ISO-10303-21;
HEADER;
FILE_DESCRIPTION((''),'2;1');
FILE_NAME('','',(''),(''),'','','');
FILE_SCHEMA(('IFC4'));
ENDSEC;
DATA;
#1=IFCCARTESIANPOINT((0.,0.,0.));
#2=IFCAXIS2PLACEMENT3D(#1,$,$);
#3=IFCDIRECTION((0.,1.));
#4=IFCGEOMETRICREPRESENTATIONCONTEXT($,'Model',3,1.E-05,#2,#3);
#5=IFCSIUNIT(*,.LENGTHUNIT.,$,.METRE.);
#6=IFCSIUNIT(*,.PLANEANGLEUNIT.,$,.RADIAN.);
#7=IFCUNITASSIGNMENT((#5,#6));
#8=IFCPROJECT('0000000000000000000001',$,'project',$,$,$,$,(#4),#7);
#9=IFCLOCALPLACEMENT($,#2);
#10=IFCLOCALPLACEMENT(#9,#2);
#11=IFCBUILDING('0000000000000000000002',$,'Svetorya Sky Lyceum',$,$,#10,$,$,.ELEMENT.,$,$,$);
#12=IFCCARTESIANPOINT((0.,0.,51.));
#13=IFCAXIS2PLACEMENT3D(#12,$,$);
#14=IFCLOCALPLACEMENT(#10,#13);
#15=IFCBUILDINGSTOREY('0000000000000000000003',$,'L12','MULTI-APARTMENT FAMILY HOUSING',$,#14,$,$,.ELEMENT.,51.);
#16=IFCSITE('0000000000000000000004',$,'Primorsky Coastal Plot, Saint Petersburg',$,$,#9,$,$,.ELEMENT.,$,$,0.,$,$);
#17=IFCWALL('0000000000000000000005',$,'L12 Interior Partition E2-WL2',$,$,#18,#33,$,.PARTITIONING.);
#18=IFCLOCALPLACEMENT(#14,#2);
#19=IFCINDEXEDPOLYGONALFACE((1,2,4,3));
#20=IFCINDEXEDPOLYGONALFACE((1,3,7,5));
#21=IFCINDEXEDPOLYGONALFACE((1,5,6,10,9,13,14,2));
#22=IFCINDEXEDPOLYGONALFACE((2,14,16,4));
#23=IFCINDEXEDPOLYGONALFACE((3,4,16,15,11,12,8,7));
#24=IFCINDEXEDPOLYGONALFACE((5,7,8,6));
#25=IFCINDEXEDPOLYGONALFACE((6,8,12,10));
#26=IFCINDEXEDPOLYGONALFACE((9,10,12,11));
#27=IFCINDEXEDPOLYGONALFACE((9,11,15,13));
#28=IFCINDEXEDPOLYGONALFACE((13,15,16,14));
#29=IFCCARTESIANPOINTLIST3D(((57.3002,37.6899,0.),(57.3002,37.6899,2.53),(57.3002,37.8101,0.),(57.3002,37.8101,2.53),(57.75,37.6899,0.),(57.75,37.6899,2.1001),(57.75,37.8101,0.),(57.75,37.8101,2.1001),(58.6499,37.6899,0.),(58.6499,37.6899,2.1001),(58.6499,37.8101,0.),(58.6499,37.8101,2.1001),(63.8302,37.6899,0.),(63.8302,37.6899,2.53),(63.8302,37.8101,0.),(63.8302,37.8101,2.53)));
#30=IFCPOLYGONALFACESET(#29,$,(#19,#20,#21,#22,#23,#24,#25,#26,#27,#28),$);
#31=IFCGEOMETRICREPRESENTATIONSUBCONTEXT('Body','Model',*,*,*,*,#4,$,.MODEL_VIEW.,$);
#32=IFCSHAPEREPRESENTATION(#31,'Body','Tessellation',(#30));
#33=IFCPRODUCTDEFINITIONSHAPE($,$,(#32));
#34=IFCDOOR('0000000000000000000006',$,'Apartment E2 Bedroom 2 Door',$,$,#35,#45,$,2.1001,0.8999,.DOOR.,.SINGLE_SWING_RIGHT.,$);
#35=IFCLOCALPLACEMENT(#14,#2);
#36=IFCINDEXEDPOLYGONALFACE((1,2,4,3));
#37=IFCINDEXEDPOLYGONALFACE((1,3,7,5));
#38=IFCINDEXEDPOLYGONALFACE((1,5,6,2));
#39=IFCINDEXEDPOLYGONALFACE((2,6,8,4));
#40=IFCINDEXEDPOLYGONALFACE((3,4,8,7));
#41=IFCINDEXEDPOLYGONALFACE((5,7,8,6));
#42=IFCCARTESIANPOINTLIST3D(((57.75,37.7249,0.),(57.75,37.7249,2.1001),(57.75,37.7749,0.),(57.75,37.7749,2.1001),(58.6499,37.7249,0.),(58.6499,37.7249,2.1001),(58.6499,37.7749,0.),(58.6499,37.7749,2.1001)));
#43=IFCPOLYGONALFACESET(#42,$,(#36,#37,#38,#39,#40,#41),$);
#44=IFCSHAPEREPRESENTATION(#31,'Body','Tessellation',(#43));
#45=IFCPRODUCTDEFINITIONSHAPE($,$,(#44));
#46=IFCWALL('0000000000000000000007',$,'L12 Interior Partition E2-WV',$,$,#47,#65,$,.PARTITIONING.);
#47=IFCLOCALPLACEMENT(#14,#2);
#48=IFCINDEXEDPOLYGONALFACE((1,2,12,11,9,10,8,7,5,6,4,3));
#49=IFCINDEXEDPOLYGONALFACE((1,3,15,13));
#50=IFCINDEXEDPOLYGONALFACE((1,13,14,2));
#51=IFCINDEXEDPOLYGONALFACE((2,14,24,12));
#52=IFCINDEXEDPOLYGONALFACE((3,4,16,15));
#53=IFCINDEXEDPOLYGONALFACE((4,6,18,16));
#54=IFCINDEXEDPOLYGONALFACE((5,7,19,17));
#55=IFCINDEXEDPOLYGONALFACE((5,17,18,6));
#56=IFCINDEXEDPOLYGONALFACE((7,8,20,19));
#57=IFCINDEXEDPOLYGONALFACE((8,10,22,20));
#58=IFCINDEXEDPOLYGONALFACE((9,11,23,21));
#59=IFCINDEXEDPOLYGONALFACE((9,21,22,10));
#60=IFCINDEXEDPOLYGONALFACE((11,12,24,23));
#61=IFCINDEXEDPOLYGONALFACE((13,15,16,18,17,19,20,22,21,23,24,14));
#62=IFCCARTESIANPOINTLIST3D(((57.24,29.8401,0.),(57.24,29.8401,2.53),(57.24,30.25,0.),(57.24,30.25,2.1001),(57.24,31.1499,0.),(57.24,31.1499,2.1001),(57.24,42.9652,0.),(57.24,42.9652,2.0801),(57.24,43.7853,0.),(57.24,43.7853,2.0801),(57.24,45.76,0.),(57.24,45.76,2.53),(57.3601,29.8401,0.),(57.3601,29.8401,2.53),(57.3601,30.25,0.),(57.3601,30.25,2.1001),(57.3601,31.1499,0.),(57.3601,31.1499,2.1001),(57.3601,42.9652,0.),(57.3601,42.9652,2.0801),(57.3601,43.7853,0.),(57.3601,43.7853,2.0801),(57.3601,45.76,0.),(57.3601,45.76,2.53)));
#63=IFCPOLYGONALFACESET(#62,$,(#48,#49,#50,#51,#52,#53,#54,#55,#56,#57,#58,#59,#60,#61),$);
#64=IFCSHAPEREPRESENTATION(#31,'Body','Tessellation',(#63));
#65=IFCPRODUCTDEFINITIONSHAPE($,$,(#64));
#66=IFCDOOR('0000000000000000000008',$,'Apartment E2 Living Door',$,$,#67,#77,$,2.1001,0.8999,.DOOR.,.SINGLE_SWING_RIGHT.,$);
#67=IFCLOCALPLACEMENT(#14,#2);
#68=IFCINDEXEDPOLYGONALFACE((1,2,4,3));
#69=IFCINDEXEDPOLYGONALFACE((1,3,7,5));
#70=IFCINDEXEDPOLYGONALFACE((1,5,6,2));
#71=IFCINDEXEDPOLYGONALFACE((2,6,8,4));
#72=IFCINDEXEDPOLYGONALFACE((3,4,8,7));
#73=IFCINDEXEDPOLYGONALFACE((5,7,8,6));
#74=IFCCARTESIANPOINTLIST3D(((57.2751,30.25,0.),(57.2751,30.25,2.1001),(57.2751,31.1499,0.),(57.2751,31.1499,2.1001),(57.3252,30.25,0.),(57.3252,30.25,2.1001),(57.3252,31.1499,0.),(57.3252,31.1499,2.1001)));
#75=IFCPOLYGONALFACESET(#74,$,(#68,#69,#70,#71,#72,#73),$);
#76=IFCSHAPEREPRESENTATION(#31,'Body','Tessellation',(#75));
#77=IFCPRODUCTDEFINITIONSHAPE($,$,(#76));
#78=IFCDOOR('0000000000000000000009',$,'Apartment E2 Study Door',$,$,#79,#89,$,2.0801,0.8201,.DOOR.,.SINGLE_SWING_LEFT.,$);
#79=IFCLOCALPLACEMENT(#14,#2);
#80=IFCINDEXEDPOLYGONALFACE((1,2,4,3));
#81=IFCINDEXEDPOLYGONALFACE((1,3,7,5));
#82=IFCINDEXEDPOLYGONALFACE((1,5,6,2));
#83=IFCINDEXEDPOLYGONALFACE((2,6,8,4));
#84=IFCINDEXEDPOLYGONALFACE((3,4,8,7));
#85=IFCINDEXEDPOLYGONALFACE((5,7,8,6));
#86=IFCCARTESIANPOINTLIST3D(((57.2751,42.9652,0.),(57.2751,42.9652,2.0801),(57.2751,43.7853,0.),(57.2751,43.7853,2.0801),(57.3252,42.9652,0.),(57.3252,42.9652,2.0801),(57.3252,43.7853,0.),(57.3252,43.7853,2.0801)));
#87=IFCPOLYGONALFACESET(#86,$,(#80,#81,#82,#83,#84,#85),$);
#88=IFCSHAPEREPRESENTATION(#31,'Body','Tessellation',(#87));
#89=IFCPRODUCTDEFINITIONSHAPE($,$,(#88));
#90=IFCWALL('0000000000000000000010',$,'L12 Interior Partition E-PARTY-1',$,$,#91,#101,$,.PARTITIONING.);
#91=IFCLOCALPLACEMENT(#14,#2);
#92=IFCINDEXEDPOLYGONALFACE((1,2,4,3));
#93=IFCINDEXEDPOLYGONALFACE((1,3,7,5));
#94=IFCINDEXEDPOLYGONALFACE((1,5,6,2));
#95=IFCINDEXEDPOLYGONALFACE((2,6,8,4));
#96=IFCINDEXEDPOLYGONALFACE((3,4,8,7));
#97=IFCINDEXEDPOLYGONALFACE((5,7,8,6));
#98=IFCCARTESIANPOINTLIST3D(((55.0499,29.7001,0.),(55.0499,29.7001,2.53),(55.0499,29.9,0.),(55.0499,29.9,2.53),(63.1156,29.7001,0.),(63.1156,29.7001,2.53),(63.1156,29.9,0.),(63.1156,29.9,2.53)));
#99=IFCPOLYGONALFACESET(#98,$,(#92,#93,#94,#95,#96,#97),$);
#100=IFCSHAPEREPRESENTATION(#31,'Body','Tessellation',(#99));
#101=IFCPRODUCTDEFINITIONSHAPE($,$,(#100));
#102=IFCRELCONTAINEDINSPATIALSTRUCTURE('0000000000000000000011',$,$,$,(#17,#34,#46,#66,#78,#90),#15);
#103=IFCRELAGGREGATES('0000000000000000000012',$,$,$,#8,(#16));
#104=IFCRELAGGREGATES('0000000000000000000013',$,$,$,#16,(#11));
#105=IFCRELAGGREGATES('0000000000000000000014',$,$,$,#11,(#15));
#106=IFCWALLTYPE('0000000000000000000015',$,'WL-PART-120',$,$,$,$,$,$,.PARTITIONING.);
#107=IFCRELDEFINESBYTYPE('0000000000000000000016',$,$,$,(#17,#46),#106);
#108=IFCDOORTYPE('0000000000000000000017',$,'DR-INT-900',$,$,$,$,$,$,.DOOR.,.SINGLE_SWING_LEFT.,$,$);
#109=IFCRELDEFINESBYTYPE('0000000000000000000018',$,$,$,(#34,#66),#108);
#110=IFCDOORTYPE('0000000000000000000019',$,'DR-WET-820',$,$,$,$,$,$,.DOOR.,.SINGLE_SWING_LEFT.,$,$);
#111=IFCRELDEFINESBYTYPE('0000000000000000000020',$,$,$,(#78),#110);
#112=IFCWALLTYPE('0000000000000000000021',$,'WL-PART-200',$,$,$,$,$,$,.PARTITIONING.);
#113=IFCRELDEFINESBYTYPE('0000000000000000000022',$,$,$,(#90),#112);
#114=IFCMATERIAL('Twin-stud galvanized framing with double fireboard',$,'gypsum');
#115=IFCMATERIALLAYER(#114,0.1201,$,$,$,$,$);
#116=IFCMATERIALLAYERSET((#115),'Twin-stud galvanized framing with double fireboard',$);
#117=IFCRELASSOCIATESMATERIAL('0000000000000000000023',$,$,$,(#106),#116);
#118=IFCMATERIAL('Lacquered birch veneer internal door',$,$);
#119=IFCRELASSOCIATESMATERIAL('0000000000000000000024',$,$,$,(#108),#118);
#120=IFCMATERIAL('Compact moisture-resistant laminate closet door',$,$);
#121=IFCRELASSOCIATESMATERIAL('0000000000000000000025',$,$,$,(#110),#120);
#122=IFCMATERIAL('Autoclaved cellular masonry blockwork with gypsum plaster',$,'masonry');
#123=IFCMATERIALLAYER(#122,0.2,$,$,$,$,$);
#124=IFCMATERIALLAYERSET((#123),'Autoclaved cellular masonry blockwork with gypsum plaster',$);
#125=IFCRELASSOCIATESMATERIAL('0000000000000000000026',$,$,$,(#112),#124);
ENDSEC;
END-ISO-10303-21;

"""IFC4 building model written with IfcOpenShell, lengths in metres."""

from ifc_helpers import new_model, si_unit, direction, frame, frame_2d, origin, place, context, subcontext, project, spatial, rectangle, extrude, material, layer, layer_set, type_object, element, fill, save


model = new_model("IFC4")

# Units and contexts
model_context = context("Model", 3, precision=1e-05, world=origin(), true_north=direction((0.0, 1.0)))
body_context = subcontext(model_context, "Body", "Model", "MODEL_VIEW")
ifc_project = project(units=[si_unit("LENGTHUNIT", "METRE"), si_unit("PLANEANGLEUNIT", "RADIAN")], contexts=[model_context])

# Site, building, storey
site_placement = place(None, origin())
site = spatial("IfcSite", under=ifc_project, at=site_placement, Name="Primorsky Coastal Plot, Saint Petersburg", CompositionType="ELEMENT", RefElevation=0.0)
building_placement = place(site_placement, origin())
building = spatial("IfcBuilding", under=site, at=building_placement, Name="Svetorya Sky Lyceum", CompositionType="ELEMENT")
storey_placement = place(building_placement, frame((0.0, 0.0, 51.0)))
storey = spatial("IfcBuildingStorey", under=building, at=storey_placement, Name="L12", Description="MULTI-APARTMENT FAMILY HOUSING", CompositionType="ELEMENT", Elevation=51.0)

# Shared definitions
ifc_material_1 = material(Name="Twin-stud galvanized framing with double fireboard", Category="gypsum")
ifc_layer_1 = layer(ifc_material_1, 0.1201)
ifc_layer_set_1 = layer_set([ifc_layer_1], Name="Twin-stud galvanized framing with double fireboard")
wall_type_1 = type_object("IfcWallType", Name="WL-PART-120", PredefinedType="PARTITIONING", material=ifc_layer_set_1)

# Wall, opening, door
ifc_material_2 = material(Name="Lacquered birch veneer internal door")
door_type_1 = type_object("IfcDoorType", Name="DR-INT-900", OperationType="SINGLE_SWING_LEFT", PredefinedType="DOOR", material=ifc_material_2)
wall_1_placement = place(storey_placement, frame((57.3, 37.75, 0.0), z_axis=(0.0, 0.0, 1.0), x_axis=(1.0, 0.0, 0.0)))
wall_1 = element("IfcWall", 1, at=wall_1_placement, inside=storey, type_object=wall_type_1, Name="L12 Interior Partition E2-WL2", PredefinedType="PARTITIONING", context=body_context, shape_type="SweptSolid", body=[
    extrude(rectangle(XDim=6.53, YDim=0.1201, at=frame_2d((3.2651, 0.0))), origin(), (0.0, 0.0, 1.0), 2.53),
])
opening_1_placement = place(wall_1_placement, frame((0.45, 0.0, 0.0)))
opening_1 = element("IfcOpeningElement", 2, at=opening_1_placement, cuts=wall_1, PredefinedType="OPENING", context=body_context, shape_type="SweptSolid", body=[
    extrude(rectangle(XDim=0.8999, YDim=2.1001, at=frame_2d((0.45, 1.05))), frame((0.0, 0.0701, 0.0), z_axis=(0.0, -1.0, 0.0), x_axis=(1.0, 0.0, 0.0)), (0.0, 0.0, 1.0), 0.1401),
])
door_1_placement = place(opening_1_placement, origin())
door_1 = element("IfcDoor", 3, at=door_1_placement, inside=storey, type_object=door_type_1, Name="Apartment E2 Bedroom 2 Door", OperationType="SINGLE_SWING_RIGHT", OverallHeight=2.1001, OverallWidth=0.8999, PredefinedType="DOOR", context=body_context, shape_type="SweptSolid", body=[
    extrude(rectangle(XDim=0.8999, YDim=2.1001, at=frame_2d((0.45, 1.05))), frame((0.0, 0.0249, 0.0), z_axis=(0.0, -1.0, 0.0), x_axis=(1.0, 0.0, 0.0)), (0.0, 0.0, 1.0), 0.05),
])
fill(opening_1, door_1)

# Wall, openings, doors
wall_2_placement = place(storey_placement, frame((57.3, 29.8401, 0.0), z_axis=(0.0, 0.0, 1.0), x_axis=(0.0, 1.0, 0.0)))
wall_2 = element("IfcWall", 4, at=wall_2_placement, inside=storey, type_object=wall_type_1, Name="L12 Interior Partition E2-WV", PredefinedType="PARTITIONING", context=body_context, shape_type="SweptSolid", body=[
    extrude(rectangle(XDim=15.9199, YDim=0.1201, at=frame_2d((7.96, 0.0))), origin(), (0.0, 0.0, 1.0), 2.53),
])
opening_2_placement = place(wall_2_placement, frame((0.4099, 0.0, 0.0)))
opening_2 = element("IfcOpeningElement", 5, at=opening_2_placement, cuts=wall_2, PredefinedType="OPENING", context=body_context, shape_type="SweptSolid", body=[
    extrude(rectangle(XDim=0.8999, YDim=2.1001, at=frame_2d((0.45, 1.05))), frame((0.0, 0.0701, 0.0), z_axis=(0.0, -1.0, 0.0), x_axis=(1.0, 0.0, 0.0)), (0.0, 0.0, 1.0), 0.1401),
])
opening_3_placement = place(wall_2_placement, frame((13.125, 0.0, 0.0)))
opening_3 = element("IfcOpeningElement", 6, at=opening_3_placement, cuts=wall_2, PredefinedType="OPENING", context=body_context, shape_type="SweptSolid", body=[
    extrude(rectangle(XDim=0.8201, YDim=2.0801, at=frame_2d((0.4102, 1.04))), frame((0.0, 0.0701, 0.0), z_axis=(0.0, -1.0, 0.0), x_axis=(1.0, 0.0, 0.0)), (0.0, 0.0, 1.0), 0.1401),
])
door_2_placement = place(opening_2_placement, origin())
door_2 = element("IfcDoor", 7, at=door_2_placement, inside=storey, type_object=door_type_1, Name="Apartment E2 Living Door", OperationType="SINGLE_SWING_RIGHT", OverallHeight=2.1001, OverallWidth=0.8999, PredefinedType="DOOR", context=body_context, shape_type="SweptSolid", body=[
    extrude(rectangle(XDim=0.8999, YDim=2.1001, at=frame_2d((0.45, 1.05))), frame((0.0, 0.0249, 0.0), z_axis=(0.0, -1.0, 0.0), x_axis=(1.0, 0.0, 0.0)), (0.0, 0.0, 1.0), 0.05),
])
fill(opening_2, door_2)
ifc_material_3 = material(Name="Compact moisture-resistant laminate closet door")
door_type_2 = type_object("IfcDoorType", Name="DR-WET-820", OperationType="SINGLE_SWING_LEFT", PredefinedType="DOOR", material=ifc_material_3)
door_3_placement = place(opening_3_placement, origin())
door_3 = element("IfcDoor", 8, at=door_3_placement, inside=storey, type_object=door_type_2, Name="Apartment E2 Study Door", OperationType="SINGLE_SWING_LEFT", OverallHeight=2.0801, OverallWidth=0.8201, PredefinedType="DOOR", context=body_context, shape_type="SweptSolid", body=[
    extrude(rectangle(XDim=0.8201, YDim=2.0801, at=frame_2d((0.4102, 1.04))), frame((0.0, 0.0249, 0.0), z_axis=(0.0, -1.0, 0.0), x_axis=(1.0, 0.0, 0.0)), (0.0, 0.0, 1.0), 0.05),
])
fill(opening_3, door_3)

# Wall
ifc_material_4 = material(Name="Autoclaved cellular masonry blockwork with gypsum plaster", Category="masonry")
ifc_layer_2 = layer(ifc_material_4, 0.2)
ifc_layer_set_2 = layer_set([ifc_layer_2], Name="Autoclaved cellular masonry blockwork with gypsum plaster")
wall_type_2 = type_object("IfcWallType", Name="WL-PART-200", PredefinedType="PARTITIONING", material=ifc_layer_set_2)
wall_3_placement = place(storey_placement, frame((55.05, 29.8, 0.0), z_axis=(0.0, 0.0, 1.0), x_axis=(1.0, 0.0, 0.0)))
element("IfcWall", 9, at=wall_3_placement, inside=storey, type_object=wall_type_2, Name="L12 Interior Partition E-PARTY-1", PredefinedType="PARTITIONING", context=body_context, shape_type="SweptSolid", body=[
    extrude(rectangle(XDim=8.0657, YDim=0.2, at=frame_2d((4.0327, 0.0))), origin(), (0.0, 0.0, 1.0), 2.53),
])

save(model, "model.ifc")
